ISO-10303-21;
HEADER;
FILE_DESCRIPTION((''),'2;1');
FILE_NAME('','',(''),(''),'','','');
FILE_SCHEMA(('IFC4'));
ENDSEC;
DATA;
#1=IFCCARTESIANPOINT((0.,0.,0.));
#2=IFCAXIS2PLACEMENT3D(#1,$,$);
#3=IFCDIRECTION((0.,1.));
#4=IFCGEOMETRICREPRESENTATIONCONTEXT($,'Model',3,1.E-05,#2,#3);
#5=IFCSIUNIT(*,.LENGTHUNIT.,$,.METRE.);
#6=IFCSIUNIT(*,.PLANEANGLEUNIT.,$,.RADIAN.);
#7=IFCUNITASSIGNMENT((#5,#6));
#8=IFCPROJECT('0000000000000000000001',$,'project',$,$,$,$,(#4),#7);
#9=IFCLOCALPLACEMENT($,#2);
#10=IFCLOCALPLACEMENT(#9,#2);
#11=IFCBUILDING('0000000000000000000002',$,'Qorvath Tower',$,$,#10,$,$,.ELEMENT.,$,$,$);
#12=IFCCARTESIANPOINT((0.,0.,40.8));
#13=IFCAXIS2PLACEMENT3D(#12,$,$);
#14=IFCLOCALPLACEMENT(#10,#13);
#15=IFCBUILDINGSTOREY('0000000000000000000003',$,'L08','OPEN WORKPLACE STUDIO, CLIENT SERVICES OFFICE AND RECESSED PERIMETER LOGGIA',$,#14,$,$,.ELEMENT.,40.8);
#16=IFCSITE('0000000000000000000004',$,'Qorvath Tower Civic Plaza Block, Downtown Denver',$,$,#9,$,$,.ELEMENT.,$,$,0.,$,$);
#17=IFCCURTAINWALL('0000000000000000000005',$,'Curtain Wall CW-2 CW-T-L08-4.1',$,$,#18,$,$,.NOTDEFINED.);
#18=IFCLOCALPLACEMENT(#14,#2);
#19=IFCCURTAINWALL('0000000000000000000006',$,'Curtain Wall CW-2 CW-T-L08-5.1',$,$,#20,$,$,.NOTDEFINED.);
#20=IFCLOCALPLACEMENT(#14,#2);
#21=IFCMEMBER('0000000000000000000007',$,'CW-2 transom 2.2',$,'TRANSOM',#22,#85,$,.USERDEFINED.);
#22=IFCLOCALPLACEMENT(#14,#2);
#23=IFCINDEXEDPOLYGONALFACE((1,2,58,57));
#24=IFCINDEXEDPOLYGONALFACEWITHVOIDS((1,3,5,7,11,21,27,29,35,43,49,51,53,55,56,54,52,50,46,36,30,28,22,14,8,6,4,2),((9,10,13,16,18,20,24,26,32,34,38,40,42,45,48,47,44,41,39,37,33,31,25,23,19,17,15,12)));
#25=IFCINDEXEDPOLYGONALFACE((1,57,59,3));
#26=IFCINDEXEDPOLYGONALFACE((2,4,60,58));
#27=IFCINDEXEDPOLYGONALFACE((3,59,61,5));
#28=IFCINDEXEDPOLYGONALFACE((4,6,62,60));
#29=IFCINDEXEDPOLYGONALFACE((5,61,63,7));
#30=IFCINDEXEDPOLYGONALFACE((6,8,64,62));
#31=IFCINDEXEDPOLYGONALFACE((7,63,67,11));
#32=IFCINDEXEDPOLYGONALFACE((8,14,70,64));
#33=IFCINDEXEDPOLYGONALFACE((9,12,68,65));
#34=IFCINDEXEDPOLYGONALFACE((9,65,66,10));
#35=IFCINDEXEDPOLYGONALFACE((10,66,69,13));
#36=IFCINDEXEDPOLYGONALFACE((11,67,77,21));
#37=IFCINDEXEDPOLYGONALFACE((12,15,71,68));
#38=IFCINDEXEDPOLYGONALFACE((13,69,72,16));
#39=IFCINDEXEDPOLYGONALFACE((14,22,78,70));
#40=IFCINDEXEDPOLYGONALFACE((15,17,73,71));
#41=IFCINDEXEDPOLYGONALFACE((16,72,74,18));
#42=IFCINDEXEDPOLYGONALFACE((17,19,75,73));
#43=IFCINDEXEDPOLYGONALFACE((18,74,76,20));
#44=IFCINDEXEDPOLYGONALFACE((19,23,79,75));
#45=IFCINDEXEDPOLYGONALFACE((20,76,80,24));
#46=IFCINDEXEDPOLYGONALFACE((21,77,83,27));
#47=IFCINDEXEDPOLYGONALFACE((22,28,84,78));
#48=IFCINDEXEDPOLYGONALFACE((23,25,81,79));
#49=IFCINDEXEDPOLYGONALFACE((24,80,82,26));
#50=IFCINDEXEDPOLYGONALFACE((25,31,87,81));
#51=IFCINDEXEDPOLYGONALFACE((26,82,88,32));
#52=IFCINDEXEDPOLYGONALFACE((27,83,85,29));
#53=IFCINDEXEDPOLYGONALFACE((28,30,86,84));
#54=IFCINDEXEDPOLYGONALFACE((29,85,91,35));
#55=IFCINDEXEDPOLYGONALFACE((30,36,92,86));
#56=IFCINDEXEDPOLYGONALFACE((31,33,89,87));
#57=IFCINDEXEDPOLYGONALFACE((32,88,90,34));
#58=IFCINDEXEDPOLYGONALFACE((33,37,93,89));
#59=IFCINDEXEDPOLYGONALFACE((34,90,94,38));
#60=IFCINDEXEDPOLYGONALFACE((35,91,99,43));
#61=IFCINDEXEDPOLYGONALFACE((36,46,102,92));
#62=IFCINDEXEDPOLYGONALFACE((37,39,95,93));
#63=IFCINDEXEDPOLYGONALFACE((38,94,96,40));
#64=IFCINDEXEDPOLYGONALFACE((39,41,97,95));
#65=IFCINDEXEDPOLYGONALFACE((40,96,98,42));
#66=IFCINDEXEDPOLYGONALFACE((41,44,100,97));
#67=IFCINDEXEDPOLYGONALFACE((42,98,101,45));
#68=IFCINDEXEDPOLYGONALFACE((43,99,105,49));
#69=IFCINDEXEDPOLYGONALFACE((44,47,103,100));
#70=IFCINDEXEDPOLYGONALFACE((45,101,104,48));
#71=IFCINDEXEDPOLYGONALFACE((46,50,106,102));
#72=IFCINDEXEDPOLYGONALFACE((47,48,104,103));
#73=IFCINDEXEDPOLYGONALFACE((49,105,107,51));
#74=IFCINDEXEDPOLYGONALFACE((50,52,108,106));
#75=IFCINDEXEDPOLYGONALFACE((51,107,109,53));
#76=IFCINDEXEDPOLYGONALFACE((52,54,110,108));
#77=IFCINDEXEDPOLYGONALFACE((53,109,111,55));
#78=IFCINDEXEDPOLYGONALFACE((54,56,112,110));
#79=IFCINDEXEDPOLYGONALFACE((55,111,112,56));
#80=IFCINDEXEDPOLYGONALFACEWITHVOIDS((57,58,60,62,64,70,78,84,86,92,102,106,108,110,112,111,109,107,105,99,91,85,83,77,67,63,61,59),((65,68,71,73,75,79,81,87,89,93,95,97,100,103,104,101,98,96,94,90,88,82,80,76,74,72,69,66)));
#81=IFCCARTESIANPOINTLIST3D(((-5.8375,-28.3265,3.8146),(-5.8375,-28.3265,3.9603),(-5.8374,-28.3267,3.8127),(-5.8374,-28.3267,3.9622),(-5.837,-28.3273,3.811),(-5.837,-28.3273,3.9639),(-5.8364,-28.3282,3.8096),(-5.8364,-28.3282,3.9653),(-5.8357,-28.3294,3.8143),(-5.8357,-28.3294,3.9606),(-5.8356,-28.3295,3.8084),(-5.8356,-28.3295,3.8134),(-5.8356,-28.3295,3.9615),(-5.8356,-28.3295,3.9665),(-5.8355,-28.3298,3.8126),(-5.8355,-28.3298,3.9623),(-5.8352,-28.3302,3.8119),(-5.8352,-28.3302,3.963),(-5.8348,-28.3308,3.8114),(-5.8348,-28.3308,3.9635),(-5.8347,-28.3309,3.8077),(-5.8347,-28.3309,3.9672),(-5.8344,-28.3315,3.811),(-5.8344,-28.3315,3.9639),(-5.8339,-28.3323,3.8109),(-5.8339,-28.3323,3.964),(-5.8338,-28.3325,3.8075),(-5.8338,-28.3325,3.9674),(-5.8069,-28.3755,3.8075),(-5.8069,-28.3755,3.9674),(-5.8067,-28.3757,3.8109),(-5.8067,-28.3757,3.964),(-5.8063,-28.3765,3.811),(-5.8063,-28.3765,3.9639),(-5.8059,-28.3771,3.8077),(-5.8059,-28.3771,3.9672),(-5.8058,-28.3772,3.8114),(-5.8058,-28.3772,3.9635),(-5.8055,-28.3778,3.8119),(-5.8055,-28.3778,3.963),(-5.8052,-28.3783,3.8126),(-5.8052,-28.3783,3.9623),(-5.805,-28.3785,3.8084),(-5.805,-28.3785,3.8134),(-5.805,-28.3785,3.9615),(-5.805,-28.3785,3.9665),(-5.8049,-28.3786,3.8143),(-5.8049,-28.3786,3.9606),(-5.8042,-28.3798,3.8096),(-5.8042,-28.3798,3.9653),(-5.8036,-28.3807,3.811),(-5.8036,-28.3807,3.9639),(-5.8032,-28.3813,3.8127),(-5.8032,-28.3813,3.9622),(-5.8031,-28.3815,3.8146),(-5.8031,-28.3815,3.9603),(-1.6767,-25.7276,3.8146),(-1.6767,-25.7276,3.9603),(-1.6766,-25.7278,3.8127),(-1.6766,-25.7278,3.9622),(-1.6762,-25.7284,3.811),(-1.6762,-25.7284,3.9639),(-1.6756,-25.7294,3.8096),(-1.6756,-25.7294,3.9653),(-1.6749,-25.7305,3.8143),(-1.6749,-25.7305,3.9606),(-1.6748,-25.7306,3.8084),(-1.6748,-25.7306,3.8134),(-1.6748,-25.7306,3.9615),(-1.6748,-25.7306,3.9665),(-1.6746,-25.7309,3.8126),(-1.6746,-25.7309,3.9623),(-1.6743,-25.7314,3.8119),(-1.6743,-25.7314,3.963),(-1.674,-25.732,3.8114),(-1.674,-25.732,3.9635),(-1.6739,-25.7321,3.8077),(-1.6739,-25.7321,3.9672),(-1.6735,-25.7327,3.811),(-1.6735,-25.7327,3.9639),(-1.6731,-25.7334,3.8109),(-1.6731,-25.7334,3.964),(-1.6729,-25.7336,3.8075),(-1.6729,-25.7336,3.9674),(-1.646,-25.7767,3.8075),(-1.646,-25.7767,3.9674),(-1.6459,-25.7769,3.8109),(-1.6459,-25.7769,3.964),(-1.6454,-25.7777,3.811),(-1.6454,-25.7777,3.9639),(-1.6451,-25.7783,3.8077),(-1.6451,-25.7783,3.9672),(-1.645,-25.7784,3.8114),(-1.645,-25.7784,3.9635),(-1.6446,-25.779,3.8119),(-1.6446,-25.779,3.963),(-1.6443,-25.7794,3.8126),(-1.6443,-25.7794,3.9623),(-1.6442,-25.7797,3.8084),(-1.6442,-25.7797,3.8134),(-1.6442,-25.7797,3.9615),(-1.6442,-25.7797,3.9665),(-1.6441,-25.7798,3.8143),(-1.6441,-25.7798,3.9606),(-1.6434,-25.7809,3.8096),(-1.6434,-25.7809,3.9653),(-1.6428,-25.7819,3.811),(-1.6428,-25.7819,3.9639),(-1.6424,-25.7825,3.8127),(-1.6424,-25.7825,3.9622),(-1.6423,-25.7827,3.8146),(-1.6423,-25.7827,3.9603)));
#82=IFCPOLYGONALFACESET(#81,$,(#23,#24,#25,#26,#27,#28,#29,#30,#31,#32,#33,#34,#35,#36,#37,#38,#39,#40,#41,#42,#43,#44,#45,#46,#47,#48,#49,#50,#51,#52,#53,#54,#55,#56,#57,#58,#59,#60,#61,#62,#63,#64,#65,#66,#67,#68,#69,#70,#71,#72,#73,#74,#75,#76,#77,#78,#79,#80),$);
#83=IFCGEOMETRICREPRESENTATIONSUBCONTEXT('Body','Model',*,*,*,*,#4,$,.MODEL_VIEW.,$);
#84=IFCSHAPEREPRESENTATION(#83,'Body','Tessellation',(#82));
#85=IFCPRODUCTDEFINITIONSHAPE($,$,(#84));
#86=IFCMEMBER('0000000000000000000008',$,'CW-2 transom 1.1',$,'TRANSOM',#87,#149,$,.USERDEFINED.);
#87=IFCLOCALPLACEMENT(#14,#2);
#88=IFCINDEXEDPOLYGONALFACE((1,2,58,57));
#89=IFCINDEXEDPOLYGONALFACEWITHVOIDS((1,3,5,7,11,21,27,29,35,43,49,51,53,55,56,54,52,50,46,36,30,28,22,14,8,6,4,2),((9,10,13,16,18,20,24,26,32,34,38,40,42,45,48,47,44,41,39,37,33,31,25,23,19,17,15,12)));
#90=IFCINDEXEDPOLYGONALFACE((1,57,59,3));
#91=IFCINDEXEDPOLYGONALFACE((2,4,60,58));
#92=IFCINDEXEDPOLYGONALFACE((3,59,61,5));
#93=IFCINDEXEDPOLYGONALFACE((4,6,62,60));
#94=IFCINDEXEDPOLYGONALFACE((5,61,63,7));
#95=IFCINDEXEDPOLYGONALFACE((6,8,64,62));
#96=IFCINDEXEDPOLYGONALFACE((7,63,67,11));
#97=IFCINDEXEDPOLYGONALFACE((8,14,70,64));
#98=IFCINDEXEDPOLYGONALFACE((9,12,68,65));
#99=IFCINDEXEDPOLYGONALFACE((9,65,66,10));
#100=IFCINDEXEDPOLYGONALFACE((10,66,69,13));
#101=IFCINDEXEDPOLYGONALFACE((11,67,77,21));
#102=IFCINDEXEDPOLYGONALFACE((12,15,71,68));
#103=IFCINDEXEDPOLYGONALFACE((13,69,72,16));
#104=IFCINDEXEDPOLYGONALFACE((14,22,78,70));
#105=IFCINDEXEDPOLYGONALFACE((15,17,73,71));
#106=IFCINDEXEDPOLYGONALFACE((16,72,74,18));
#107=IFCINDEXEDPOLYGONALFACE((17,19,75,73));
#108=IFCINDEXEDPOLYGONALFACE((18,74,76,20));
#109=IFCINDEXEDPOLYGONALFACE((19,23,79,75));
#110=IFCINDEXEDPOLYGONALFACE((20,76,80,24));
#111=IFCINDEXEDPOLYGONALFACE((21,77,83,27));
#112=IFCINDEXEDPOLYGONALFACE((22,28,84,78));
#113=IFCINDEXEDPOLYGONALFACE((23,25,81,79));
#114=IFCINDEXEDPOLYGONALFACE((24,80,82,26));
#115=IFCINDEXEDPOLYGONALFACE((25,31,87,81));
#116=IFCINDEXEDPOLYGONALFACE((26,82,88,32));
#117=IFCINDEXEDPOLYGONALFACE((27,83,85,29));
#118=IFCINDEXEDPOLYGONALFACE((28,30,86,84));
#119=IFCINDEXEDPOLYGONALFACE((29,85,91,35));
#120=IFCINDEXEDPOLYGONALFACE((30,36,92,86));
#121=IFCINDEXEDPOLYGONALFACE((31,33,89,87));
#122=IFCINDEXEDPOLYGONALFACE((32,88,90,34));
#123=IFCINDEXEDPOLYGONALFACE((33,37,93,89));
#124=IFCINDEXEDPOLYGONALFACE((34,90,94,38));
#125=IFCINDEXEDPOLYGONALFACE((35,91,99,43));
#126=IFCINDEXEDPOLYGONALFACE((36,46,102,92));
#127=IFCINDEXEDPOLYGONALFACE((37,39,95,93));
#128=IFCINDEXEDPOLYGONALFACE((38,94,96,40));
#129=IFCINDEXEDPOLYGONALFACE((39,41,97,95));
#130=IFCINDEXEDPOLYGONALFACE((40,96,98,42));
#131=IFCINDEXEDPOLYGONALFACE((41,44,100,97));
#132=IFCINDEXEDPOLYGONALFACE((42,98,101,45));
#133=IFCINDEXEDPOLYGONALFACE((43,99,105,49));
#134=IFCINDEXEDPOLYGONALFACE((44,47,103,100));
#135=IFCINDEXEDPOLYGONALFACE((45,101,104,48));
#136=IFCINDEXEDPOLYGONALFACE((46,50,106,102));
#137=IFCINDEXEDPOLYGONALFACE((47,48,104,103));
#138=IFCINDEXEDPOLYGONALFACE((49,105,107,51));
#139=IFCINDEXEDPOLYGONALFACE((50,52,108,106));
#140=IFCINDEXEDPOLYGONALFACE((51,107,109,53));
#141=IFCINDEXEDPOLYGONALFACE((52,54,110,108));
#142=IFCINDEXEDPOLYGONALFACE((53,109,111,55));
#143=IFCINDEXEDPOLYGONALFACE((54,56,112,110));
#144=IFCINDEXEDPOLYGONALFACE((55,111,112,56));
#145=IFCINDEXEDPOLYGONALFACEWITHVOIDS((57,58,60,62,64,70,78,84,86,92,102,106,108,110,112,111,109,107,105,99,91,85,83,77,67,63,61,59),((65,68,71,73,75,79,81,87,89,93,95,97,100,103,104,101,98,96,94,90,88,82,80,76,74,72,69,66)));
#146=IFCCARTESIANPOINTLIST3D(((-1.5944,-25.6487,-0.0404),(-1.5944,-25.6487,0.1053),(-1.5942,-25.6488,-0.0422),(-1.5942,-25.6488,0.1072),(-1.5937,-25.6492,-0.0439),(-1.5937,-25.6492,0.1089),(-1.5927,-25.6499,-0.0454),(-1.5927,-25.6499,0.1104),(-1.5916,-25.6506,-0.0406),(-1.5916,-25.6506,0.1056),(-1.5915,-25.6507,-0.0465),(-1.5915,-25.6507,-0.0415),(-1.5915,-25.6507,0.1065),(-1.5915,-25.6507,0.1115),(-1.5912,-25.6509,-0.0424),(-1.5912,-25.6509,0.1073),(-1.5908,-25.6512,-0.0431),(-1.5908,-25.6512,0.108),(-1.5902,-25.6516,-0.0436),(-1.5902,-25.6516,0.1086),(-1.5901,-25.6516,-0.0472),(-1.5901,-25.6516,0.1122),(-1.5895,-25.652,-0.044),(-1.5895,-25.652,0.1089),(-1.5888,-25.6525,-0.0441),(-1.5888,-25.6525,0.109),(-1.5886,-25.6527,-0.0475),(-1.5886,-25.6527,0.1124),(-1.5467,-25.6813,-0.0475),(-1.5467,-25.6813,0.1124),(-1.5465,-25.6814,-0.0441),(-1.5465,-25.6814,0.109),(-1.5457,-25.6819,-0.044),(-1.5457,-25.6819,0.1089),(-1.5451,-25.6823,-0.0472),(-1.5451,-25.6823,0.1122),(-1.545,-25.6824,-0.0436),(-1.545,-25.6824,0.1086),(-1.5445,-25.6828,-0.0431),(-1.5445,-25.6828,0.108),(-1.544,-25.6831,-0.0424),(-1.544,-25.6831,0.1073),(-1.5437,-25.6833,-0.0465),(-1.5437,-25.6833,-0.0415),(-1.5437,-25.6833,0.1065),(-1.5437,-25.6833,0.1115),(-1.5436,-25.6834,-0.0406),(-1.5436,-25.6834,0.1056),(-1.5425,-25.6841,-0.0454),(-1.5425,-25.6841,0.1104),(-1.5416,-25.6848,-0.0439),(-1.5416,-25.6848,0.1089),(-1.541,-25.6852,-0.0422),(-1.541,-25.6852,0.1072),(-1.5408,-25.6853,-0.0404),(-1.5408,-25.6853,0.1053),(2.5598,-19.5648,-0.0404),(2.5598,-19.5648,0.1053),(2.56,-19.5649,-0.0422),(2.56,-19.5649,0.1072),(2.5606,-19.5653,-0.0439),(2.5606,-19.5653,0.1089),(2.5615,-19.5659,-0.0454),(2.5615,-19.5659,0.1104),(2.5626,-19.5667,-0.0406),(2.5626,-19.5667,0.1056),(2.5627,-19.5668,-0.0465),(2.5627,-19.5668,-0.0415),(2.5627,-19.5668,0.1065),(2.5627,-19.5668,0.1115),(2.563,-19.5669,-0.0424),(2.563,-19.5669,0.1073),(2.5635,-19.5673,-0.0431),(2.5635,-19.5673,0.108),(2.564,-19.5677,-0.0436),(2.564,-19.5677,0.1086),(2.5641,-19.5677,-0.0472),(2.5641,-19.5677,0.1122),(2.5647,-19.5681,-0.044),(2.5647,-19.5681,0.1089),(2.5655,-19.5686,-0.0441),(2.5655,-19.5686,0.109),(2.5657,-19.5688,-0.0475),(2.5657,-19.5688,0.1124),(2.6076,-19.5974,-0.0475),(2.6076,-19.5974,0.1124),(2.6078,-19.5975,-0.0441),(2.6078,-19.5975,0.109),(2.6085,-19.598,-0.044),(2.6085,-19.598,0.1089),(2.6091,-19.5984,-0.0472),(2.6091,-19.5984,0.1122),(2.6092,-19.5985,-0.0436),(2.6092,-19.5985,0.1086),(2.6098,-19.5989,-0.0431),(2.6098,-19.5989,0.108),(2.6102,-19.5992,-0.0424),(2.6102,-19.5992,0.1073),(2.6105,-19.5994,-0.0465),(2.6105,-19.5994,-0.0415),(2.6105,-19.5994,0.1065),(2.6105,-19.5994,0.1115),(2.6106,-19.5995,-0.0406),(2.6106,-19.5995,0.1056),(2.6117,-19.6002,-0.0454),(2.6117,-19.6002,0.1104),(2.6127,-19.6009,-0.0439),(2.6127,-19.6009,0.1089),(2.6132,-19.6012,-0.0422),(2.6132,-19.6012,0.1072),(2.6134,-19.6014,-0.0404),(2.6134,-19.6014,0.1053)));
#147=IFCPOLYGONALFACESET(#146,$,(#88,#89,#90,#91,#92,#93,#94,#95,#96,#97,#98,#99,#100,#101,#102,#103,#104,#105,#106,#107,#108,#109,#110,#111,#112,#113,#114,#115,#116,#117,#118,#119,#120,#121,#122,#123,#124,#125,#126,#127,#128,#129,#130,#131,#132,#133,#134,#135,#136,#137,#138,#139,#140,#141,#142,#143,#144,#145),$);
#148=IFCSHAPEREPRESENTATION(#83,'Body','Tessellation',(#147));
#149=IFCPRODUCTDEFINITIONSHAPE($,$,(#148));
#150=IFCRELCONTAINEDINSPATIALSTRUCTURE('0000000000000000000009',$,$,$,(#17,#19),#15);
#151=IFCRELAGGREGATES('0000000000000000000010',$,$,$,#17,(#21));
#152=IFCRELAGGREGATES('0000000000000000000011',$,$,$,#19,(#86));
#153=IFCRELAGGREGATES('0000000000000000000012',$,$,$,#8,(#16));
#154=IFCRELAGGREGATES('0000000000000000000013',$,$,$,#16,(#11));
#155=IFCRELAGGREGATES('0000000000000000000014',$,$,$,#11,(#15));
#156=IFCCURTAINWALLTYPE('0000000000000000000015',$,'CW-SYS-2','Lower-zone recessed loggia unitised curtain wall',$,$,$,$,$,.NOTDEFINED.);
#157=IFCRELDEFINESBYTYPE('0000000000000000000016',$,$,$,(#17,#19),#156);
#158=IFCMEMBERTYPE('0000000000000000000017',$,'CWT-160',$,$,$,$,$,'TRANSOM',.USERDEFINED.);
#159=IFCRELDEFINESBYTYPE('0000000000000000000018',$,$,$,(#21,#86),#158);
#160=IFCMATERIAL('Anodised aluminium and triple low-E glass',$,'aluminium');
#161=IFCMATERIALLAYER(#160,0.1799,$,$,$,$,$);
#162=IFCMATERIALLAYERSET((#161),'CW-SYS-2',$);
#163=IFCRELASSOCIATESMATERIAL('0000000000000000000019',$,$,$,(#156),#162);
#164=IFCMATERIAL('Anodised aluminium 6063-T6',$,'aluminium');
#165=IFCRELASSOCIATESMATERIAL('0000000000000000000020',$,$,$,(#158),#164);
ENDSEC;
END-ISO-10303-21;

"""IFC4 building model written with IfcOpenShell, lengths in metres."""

from ifc_helpers import new_model, si_unit, direction, frame, origin, origin_2d, place, context, subcontext, project, spatial, hollow_rectangle, extrude, material, layer, layer_set, material_profile, profile_set, type_object, element, aggregate, save


model = new_model("IFC4")

# Units and contexts
model_context = context("Model", 3, precision=1e-05, world=origin(), true_north=direction((0.0, 1.0)))
body_context = subcontext(model_context, "Body", "Model", "MODEL_VIEW")
ifc_project = project(units=[si_unit("LENGTHUNIT", "METRE"), si_unit("PLANEANGLEUNIT", "RADIAN")], contexts=[model_context])

# Site, building, storey
site_placement = place(None, origin())
site = spatial("IfcSite", under=ifc_project, at=site_placement, Name="Qorvath Tower Civic Plaza Block, Downtown Denver", CompositionType="ELEMENT", RefElevation=0.0)
building_placement = place(site_placement, origin())
building = spatial("IfcBuilding", under=site, at=building_placement, Name="Qorvath Tower", CompositionType="ELEMENT")
storey_placement = place(building_placement, frame((0.0, 0.0, 40.8)))
storey = spatial("IfcBuildingStorey", under=building, at=storey_placement, Name="L08", Description="OPEN WORKPLACE STUDIO, CLIENT SERVICES OFFICE AND RECESSED PERIMETER LOGGIA", CompositionType="ELEMENT", Elevation=40.8)

# Curtain walls
ifc_material_1 = material(Name="Anodised aluminium and triple low-E glass", Category="aluminium")
ifc_layer_1 = layer(ifc_material_1, 0.1799)
ifc_layer_set_1 = layer_set([ifc_layer_1], Name="CW-SYS-2")
curtain_wall_type = type_object("IfcCurtainWallType", Name="CW-SYS-2", Description="Lower-zone recessed loggia unitised curtain wall", PredefinedType="NOTDEFINED", material=ifc_layer_set_1)
curtain_wall_1_placement = place(storey_placement, origin())
curtain_wall_1 = element("IfcCurtainWall", 1, at=curtain_wall_1_placement, inside=storey, type_object=curtain_wall_type, Name="Curtain Wall CW-2 CW-T-L08-4.1", PredefinedType="NOTDEFINED")
curtain_wall_2_placement = place(storey_placement, origin())
curtain_wall_2 = element("IfcCurtainWall", 2, at=curtain_wall_2_placement, inside=storey, type_object=curtain_wall_type, Name="Curtain Wall CW-2 CW-T-L08-5.1", PredefinedType="NOTDEFINED")

# Members
ifc_material_2 = material(Name="Anodised aluminium 6063-T6", Category="aluminium")
ifc_material_profile_1 = material_profile(ifc_material_2, hollow_rectangle(XDim=0.0649, YDim=0.1599, WallThickness=0.0034, InnerFilletRadius=0.0034, OuterFilletRadius=0.0071, at=origin_2d()), Name="CWT 160x65")
ifc_profile_set_1 = profile_set([ifc_material_profile_1], Name="Anodised aluminium 6063-T6")
member_type_1 = type_object("IfcMemberType", Name="CWT-160", ElementType="TRANSOM", PredefinedType="USERDEFINED", material=ifc_profile_set_1)
member_1_placement = place(storey_placement, frame((-5.8203, -28.354, 3.8875), z_axis=(0.848152, 0.529753, 0.0), x_axis=(-0.529753, 0.848152, 0.0)))
member_1 = element("IfcMember", 3, at=member_1_placement, type_object=member_type_1, Name="CW-2 transom 2.2", ObjectType="TRANSOM", PredefinedType="USERDEFINED", context=body_context, shape_type="SweptSolid", body=[
    extrude(hollow_rectangle(XDim=0.0649, YDim=0.1599, WallThickness=0.0034, InnerFilletRadius=0.0034, OuterFilletRadius=0.0071, at=origin_2d()), origin(), (0.0, 0.0, 1.0), 4.9058),
])
member_2_placement = place(storey_placement, frame((-1.5676, -25.667, 0.0325), z_axis=(0.563904, 0.82584, 0.0), x_axis=(-0.82584, 0.563904, 0.0)))
member_2 = element("IfcMember", 4, at=member_2_placement, type_object=member_type_1, Name="CW-2 transom 1.1", ObjectType="TRANSOM", PredefinedType="USERDEFINED", context=body_context, shape_type="SweptSolid", body=[
    extrude(hollow_rectangle(XDim=0.0649, YDim=0.1599, WallThickness=0.0034, InnerFilletRadius=0.0034, OuterFilletRadius=0.0071, at=origin_2d()), origin(), (0.0, 0.0, 1.0), 7.3669),
])

aggregate(curtain_wall_1, [member_1])
aggregate(curtain_wall_2, [member_2])

save(model, "model.ifc")
